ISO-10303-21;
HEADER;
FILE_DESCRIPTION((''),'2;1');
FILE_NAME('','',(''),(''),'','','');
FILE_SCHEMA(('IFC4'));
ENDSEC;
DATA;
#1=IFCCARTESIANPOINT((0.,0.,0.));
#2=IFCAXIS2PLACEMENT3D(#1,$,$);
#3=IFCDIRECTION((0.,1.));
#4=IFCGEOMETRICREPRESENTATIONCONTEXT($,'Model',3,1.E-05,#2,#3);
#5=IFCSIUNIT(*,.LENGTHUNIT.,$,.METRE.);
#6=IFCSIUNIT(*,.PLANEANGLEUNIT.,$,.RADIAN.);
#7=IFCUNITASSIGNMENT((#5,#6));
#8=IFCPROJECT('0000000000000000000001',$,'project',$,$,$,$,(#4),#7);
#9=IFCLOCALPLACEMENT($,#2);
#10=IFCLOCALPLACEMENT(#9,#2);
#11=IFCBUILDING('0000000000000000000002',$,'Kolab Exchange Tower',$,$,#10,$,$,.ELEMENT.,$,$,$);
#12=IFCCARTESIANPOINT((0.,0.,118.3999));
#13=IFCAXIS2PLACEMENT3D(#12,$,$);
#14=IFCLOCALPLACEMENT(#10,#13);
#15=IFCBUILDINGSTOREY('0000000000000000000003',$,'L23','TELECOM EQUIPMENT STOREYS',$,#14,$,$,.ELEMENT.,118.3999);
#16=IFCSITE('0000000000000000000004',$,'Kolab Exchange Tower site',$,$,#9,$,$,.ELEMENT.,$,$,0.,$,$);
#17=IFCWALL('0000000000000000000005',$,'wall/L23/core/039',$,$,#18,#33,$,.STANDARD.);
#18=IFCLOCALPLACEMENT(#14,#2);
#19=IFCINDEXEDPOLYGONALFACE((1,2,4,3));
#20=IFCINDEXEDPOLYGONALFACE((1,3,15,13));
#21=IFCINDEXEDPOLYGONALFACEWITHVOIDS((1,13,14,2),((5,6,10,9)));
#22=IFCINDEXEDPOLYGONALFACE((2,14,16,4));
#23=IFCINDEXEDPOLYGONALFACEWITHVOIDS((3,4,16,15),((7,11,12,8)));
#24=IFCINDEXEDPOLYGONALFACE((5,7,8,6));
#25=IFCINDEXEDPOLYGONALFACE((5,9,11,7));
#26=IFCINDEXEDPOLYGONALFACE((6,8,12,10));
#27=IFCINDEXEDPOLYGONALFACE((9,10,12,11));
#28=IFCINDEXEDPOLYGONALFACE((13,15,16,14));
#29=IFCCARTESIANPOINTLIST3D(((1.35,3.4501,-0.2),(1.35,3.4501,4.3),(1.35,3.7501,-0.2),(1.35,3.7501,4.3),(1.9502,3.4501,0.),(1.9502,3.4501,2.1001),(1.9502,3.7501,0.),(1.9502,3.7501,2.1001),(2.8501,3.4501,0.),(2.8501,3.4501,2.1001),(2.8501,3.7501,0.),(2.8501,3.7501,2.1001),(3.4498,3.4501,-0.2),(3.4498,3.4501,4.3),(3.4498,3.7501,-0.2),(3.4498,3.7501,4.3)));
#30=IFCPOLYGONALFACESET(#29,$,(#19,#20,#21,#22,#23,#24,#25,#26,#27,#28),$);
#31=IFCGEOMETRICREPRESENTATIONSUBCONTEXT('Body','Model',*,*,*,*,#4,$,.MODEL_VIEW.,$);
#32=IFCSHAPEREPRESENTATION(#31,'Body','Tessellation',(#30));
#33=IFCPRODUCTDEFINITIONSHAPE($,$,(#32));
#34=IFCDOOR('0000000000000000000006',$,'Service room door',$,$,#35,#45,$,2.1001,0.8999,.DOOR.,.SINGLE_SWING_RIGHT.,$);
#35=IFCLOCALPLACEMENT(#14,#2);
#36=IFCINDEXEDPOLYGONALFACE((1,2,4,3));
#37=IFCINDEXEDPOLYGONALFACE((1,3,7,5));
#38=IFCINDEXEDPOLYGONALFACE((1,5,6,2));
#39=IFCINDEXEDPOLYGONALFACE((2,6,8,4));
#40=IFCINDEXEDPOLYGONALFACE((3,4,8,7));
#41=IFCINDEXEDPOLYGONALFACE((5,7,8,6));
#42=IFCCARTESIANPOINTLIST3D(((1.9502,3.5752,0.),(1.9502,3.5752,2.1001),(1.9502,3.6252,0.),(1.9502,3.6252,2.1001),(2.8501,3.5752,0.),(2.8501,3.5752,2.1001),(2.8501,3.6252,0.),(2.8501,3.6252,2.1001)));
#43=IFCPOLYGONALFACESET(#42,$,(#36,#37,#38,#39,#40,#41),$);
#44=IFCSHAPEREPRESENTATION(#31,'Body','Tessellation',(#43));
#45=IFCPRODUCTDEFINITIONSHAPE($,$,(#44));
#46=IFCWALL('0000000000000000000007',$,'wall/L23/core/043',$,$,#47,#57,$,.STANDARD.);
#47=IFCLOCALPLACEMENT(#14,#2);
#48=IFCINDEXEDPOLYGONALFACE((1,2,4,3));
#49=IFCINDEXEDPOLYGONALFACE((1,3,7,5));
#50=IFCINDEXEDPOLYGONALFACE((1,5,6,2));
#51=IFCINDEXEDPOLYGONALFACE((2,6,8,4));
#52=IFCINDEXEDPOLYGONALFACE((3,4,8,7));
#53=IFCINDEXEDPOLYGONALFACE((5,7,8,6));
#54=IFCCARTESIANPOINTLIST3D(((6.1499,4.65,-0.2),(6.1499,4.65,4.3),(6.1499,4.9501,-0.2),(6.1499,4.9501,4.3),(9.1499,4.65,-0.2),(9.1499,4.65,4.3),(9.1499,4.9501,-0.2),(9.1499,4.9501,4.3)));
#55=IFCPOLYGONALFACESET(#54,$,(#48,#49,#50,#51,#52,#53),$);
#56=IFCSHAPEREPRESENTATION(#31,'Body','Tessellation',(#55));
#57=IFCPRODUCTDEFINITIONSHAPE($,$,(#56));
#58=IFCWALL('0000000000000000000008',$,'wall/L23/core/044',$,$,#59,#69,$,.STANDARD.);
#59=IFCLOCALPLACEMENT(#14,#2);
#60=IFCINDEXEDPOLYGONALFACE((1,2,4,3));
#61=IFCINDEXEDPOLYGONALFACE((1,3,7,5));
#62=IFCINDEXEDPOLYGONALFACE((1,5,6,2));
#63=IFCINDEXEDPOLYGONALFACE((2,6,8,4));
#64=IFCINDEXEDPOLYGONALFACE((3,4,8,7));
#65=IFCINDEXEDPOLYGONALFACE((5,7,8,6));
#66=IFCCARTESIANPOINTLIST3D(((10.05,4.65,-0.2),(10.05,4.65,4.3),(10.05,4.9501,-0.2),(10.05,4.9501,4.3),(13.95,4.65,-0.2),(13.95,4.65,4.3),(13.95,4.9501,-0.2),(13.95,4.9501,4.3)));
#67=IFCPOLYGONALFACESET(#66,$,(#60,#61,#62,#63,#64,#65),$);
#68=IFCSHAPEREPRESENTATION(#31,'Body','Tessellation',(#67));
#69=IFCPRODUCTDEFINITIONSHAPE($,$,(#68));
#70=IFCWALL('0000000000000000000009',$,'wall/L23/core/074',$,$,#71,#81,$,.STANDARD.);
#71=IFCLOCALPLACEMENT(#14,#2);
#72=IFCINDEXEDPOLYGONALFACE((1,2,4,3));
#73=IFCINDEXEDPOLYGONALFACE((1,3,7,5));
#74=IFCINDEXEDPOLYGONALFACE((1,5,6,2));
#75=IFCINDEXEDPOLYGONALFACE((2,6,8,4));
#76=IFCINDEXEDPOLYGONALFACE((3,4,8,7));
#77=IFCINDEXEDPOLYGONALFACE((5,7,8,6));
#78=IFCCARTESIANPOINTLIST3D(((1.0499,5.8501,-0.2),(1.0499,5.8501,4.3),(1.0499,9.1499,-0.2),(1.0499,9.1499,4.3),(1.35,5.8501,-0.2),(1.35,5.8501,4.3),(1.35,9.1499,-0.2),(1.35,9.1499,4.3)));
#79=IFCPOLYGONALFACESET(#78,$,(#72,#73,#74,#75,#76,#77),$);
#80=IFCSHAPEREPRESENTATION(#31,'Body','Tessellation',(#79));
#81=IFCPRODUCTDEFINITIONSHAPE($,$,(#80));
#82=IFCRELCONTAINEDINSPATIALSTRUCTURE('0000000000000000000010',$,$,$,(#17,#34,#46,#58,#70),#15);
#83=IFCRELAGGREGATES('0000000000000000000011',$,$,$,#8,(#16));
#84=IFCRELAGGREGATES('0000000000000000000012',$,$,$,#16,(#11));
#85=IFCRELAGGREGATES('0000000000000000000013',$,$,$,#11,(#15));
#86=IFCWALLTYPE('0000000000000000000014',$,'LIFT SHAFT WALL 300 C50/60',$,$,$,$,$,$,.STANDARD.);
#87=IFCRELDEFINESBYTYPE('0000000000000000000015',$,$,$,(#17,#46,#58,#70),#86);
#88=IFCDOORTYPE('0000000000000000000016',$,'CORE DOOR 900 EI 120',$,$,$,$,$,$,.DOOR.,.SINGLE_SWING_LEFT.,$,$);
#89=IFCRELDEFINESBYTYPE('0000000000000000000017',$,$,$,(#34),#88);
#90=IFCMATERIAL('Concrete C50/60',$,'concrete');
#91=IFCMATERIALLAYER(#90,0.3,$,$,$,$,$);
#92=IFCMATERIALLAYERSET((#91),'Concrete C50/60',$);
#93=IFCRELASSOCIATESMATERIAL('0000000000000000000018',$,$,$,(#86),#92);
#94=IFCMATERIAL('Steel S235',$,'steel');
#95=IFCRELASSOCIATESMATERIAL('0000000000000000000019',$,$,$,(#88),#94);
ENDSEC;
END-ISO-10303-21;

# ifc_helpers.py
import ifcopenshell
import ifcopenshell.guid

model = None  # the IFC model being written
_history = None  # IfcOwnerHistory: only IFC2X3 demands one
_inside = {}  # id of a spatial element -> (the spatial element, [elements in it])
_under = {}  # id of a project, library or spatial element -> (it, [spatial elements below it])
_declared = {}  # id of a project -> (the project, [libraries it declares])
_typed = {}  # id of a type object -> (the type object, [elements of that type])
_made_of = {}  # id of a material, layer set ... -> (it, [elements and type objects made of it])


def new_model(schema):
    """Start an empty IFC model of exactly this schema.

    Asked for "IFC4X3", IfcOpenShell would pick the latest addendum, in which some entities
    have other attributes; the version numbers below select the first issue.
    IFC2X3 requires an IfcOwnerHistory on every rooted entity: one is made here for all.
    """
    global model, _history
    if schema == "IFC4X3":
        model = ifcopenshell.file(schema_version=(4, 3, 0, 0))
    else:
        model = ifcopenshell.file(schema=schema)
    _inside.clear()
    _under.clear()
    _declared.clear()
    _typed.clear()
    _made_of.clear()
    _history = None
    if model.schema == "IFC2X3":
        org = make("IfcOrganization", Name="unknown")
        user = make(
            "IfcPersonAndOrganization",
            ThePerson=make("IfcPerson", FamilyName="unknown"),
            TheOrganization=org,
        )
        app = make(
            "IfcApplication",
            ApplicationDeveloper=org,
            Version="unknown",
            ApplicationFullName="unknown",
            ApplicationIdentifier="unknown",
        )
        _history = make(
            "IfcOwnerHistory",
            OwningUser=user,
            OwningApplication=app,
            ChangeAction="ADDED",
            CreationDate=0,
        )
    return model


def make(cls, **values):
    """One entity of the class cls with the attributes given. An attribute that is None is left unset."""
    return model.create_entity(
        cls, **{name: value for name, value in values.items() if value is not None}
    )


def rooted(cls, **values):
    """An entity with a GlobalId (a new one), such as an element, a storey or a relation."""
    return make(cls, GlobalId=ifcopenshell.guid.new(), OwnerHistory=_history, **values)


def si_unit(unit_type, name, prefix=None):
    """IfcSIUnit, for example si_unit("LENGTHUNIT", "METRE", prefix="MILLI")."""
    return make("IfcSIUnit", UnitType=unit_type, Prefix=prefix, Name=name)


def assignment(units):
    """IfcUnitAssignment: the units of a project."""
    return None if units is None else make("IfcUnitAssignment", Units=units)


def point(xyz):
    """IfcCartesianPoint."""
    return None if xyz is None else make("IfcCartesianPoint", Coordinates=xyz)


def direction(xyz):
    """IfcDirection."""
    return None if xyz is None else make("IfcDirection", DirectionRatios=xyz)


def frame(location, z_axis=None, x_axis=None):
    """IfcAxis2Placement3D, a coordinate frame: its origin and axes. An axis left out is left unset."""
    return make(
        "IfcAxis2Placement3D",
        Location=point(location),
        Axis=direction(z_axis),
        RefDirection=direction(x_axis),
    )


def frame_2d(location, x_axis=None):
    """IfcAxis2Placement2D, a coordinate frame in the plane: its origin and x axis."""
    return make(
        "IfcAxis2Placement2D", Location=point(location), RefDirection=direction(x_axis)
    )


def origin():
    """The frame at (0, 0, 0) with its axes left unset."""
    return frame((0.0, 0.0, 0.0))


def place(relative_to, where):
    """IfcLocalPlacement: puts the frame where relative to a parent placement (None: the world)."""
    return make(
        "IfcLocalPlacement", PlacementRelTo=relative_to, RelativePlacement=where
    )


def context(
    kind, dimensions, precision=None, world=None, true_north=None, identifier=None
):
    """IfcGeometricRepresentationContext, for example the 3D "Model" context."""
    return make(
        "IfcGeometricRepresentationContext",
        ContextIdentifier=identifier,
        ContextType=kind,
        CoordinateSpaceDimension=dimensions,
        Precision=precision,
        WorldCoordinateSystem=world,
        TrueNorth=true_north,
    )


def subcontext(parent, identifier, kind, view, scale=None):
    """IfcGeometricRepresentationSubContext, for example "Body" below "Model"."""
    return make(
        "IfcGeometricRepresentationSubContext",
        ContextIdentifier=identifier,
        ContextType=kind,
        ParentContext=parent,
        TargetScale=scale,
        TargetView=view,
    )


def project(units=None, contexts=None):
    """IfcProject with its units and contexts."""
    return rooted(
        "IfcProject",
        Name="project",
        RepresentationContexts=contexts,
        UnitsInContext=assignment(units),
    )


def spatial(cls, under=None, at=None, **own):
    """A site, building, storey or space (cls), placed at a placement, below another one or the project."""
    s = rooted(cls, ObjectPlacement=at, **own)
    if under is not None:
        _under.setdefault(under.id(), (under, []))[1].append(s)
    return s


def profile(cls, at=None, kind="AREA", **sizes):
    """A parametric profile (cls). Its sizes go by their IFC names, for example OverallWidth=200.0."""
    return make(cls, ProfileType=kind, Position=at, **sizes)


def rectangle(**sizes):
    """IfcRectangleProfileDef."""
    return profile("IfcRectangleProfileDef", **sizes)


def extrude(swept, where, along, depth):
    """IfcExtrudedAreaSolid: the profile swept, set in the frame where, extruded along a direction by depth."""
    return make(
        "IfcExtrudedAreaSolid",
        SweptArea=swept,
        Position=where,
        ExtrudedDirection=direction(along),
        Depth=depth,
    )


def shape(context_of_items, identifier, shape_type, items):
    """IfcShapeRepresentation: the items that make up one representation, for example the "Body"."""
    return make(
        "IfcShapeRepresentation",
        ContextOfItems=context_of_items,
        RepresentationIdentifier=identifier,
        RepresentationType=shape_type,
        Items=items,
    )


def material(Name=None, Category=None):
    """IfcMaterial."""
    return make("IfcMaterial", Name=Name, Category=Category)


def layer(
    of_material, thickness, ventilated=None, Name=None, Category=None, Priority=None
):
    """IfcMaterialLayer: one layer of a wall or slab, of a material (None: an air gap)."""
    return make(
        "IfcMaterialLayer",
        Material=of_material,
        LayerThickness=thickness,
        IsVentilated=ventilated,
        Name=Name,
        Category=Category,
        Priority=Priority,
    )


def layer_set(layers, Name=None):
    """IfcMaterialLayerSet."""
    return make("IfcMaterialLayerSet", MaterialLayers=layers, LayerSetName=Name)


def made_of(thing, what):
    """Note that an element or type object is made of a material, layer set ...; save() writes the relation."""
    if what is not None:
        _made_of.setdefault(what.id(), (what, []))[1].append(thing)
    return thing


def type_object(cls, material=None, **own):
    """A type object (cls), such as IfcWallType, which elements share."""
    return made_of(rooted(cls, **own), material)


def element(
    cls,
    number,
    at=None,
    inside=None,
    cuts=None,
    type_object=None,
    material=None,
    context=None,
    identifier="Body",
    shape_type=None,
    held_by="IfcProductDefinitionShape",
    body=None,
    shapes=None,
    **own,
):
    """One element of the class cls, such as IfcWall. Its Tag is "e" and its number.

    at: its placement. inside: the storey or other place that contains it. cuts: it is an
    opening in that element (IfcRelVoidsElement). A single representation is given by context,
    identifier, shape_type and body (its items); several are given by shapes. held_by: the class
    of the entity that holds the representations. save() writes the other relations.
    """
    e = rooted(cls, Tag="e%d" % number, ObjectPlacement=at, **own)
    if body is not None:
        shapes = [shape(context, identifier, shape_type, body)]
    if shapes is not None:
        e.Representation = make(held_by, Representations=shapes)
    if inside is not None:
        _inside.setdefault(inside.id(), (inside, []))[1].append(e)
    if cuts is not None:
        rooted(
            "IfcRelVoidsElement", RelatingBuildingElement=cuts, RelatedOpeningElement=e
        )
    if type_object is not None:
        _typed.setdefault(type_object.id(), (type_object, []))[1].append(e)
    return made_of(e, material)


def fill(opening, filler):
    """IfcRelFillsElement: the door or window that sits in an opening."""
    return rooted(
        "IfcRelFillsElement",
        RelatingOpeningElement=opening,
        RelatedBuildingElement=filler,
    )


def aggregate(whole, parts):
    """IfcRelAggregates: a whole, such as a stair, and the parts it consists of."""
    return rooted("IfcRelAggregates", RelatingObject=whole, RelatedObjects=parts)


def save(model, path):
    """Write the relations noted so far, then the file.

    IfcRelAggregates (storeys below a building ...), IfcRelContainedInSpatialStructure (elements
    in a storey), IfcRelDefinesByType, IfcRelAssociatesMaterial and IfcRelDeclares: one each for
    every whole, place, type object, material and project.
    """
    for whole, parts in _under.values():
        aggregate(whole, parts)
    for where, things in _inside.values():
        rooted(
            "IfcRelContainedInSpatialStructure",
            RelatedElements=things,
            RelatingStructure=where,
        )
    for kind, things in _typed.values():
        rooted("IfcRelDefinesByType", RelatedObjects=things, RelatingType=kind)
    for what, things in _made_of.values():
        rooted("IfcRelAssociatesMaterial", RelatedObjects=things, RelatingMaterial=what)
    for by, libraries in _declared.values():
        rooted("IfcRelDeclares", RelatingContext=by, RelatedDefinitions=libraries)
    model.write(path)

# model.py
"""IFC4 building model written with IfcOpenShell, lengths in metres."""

from ifc_helpers import new_model, si_unit, direction, frame, frame_2d, origin, place, context, subcontext, project, spatial, rectangle, extrude, material, layer, layer_set, type_object, element, fill, save


model = new_model("IFC4")

# Units and contexts
model_context = context("Model", 3, precision=1e-05, world=origin(), true_north=direction((0.0, 1.0)))
body_context = subcontext(model_context, "Body", "Model", "MODEL_VIEW")
ifc_project = project(units=[si_unit("LENGTHUNIT", "METRE"), si_unit("PLANEANGLEUNIT", "RADIAN")], contexts=[model_context])

# Site, building, storey
site_placement = place(None, origin())
site = spatial("IfcSite", under=ifc_project, at=site_placement, Name="Kolab Exchange Tower site", CompositionType="ELEMENT", RefElevation=0.0)
building_placement = place(site_placement, origin())
building = spatial("IfcBuilding", under=site, at=building_placement, Name="Kolab Exchange Tower", CompositionType="ELEMENT")
storey_placement = place(building_placement, frame((0.0, 0.0, 118.3999)))
storey = spatial("IfcBuildingStorey", under=building, at=storey_placement, Name="L23", Description="TELECOM EQUIPMENT STOREYS", CompositionType="ELEMENT", Elevation=118.3999)

# Shared definitions
ifc_material_1 = material(Name="Concrete C50/60", Category="concrete")

# Shared definitions
ifc_layer_1 = layer(ifc_material_1, 0.3)
ifc_layer_set_1 = layer_set([ifc_layer_1], Name="Concrete C50/60")
wall_type = type_object("IfcWallType", Name="LIFT SHAFT WALL 300 C50/60", PredefinedType="STANDARD", material=ifc_layer_set_1)

# Wall, opening, door
wall_1_placement = place(storey_placement, frame((1.3501, 3.6001, -0.2), z_axis=(0.0, 0.0, 1.0), x_axis=(1.0, 0.0, 0.0)))
wall_1 = element("IfcWall", 1, at=wall_1_placement, inside=storey, type_object=wall_type, Name="wall/L23/core/039", PredefinedType="STANDARD", context=body_context, shape_type="SweptSolid", body=[
    extrude(rectangle(XDim=2.0999, YDim=0.3, at=frame_2d((1.0498, 0.0))), origin(), (0.0, 0.0, 1.0), 4.5),
])
opening_placement = place(wall_1_placement, frame((0.6001, 0.0, 0.2)))
opening = element("IfcOpeningElement", 2, at=opening_placement, cuts=wall_1, PredefinedType="OPENING", context=body_context, shape_type="SweptSolid", body=[
    extrude(rectangle(XDim=0.8999, YDim=2.1001, at=frame_2d((0.45, 1.05))), frame((0.0, 0.1602, 0.0), z_axis=(0.0, -1.0, 0.0), x_axis=(1.0, 0.0, 0.0)), (0.0, 0.0, 1.0), 0.3201),
])
ifc_material_2 = material(Name="Steel S235", Category="steel")
door_type = type_object("IfcDoorType", Name="CORE DOOR 900 EI 120", OperationType="SINGLE_SWING_LEFT", PredefinedType="DOOR", material=ifc_material_2)
door_placement = place(opening_placement, frame((0.8999, 0.0, 0.0), z_axis=(0.0, 0.0, 1.0), x_axis=(-1.0, 0.0, 0.0)))
door = element("IfcDoor", 3, at=door_placement, inside=storey, type_object=door_type, Name="Service room door", OperationType="SINGLE_SWING_RIGHT", OverallHeight=2.1001, OverallWidth=0.8999, PredefinedType="DOOR", context=body_context, shape_type="SweptSolid", body=[
    extrude(rectangle(XDim=0.8999, YDim=2.1001, at=frame_2d((0.45, 1.05))), frame((0.0, 0.0249, 0.0), z_axis=(0.0, -1.0, 0.0), x_axis=(1.0, 0.0, 0.0)), (0.0, 0.0, 1.0), 0.05),
])
fill(opening, door)

# Walls
wall_2_placement = place(storey_placement, frame((6.1499, 4.8, -0.2), z_axis=(0.0, 0.0, 1.0), x_axis=(1.0, 0.0, 0.0)))
element("IfcWall", 4, at=wall_2_placement, inside=storey, type_object=wall_type, Name="wall/L23/core/043", PredefinedType="STANDARD", context=body_context, shape_type="SweptSolid", body=[
    extrude(rectangle(XDim=3.0, YDim=0.3, at=frame_2d((1.5, 0.0))), origin(), (0.0, 0.0, 1.0), 4.5),
])
wall_3_placement = place(storey_placement, frame((10.05, 4.8, -0.2), z_axis=(0.0, 0.0, 1.0), x_axis=(1.0, 0.0, 0.0)))
element("IfcWall", 5, at=wall_3_placement, inside=storey, type_object=wall_type, Name="wall/L23/core/044", PredefinedType="STANDARD", context=body_context, shape_type="SweptSolid", body=[
    extrude(rectangle(XDim=3.8999, YDim=0.3, at=frame_2d((1.95, 0.0))), origin(), (0.0, 0.0, 1.0), 4.5),
])
wall_4_placement = place(storey_placement, frame((1.2, 5.8501, -0.2), z_axis=(0.0, 0.0, 1.0), x_axis=(0.0, 1.0, 0.0)))
element("IfcWall", 6, at=wall_4_placement, inside=storey, type_object=wall_type, Name="wall/L23/core/074", PredefinedType="STANDARD", context=body_context, shape_type="SweptSolid", body=[
    extrude(rectangle(XDim=3.2998, YDim=0.3, at=frame_2d((1.6499, 0.0))), origin(), (0.0, 0.0, 1.0), 4.5),
])

save(model, "model.ifc")
